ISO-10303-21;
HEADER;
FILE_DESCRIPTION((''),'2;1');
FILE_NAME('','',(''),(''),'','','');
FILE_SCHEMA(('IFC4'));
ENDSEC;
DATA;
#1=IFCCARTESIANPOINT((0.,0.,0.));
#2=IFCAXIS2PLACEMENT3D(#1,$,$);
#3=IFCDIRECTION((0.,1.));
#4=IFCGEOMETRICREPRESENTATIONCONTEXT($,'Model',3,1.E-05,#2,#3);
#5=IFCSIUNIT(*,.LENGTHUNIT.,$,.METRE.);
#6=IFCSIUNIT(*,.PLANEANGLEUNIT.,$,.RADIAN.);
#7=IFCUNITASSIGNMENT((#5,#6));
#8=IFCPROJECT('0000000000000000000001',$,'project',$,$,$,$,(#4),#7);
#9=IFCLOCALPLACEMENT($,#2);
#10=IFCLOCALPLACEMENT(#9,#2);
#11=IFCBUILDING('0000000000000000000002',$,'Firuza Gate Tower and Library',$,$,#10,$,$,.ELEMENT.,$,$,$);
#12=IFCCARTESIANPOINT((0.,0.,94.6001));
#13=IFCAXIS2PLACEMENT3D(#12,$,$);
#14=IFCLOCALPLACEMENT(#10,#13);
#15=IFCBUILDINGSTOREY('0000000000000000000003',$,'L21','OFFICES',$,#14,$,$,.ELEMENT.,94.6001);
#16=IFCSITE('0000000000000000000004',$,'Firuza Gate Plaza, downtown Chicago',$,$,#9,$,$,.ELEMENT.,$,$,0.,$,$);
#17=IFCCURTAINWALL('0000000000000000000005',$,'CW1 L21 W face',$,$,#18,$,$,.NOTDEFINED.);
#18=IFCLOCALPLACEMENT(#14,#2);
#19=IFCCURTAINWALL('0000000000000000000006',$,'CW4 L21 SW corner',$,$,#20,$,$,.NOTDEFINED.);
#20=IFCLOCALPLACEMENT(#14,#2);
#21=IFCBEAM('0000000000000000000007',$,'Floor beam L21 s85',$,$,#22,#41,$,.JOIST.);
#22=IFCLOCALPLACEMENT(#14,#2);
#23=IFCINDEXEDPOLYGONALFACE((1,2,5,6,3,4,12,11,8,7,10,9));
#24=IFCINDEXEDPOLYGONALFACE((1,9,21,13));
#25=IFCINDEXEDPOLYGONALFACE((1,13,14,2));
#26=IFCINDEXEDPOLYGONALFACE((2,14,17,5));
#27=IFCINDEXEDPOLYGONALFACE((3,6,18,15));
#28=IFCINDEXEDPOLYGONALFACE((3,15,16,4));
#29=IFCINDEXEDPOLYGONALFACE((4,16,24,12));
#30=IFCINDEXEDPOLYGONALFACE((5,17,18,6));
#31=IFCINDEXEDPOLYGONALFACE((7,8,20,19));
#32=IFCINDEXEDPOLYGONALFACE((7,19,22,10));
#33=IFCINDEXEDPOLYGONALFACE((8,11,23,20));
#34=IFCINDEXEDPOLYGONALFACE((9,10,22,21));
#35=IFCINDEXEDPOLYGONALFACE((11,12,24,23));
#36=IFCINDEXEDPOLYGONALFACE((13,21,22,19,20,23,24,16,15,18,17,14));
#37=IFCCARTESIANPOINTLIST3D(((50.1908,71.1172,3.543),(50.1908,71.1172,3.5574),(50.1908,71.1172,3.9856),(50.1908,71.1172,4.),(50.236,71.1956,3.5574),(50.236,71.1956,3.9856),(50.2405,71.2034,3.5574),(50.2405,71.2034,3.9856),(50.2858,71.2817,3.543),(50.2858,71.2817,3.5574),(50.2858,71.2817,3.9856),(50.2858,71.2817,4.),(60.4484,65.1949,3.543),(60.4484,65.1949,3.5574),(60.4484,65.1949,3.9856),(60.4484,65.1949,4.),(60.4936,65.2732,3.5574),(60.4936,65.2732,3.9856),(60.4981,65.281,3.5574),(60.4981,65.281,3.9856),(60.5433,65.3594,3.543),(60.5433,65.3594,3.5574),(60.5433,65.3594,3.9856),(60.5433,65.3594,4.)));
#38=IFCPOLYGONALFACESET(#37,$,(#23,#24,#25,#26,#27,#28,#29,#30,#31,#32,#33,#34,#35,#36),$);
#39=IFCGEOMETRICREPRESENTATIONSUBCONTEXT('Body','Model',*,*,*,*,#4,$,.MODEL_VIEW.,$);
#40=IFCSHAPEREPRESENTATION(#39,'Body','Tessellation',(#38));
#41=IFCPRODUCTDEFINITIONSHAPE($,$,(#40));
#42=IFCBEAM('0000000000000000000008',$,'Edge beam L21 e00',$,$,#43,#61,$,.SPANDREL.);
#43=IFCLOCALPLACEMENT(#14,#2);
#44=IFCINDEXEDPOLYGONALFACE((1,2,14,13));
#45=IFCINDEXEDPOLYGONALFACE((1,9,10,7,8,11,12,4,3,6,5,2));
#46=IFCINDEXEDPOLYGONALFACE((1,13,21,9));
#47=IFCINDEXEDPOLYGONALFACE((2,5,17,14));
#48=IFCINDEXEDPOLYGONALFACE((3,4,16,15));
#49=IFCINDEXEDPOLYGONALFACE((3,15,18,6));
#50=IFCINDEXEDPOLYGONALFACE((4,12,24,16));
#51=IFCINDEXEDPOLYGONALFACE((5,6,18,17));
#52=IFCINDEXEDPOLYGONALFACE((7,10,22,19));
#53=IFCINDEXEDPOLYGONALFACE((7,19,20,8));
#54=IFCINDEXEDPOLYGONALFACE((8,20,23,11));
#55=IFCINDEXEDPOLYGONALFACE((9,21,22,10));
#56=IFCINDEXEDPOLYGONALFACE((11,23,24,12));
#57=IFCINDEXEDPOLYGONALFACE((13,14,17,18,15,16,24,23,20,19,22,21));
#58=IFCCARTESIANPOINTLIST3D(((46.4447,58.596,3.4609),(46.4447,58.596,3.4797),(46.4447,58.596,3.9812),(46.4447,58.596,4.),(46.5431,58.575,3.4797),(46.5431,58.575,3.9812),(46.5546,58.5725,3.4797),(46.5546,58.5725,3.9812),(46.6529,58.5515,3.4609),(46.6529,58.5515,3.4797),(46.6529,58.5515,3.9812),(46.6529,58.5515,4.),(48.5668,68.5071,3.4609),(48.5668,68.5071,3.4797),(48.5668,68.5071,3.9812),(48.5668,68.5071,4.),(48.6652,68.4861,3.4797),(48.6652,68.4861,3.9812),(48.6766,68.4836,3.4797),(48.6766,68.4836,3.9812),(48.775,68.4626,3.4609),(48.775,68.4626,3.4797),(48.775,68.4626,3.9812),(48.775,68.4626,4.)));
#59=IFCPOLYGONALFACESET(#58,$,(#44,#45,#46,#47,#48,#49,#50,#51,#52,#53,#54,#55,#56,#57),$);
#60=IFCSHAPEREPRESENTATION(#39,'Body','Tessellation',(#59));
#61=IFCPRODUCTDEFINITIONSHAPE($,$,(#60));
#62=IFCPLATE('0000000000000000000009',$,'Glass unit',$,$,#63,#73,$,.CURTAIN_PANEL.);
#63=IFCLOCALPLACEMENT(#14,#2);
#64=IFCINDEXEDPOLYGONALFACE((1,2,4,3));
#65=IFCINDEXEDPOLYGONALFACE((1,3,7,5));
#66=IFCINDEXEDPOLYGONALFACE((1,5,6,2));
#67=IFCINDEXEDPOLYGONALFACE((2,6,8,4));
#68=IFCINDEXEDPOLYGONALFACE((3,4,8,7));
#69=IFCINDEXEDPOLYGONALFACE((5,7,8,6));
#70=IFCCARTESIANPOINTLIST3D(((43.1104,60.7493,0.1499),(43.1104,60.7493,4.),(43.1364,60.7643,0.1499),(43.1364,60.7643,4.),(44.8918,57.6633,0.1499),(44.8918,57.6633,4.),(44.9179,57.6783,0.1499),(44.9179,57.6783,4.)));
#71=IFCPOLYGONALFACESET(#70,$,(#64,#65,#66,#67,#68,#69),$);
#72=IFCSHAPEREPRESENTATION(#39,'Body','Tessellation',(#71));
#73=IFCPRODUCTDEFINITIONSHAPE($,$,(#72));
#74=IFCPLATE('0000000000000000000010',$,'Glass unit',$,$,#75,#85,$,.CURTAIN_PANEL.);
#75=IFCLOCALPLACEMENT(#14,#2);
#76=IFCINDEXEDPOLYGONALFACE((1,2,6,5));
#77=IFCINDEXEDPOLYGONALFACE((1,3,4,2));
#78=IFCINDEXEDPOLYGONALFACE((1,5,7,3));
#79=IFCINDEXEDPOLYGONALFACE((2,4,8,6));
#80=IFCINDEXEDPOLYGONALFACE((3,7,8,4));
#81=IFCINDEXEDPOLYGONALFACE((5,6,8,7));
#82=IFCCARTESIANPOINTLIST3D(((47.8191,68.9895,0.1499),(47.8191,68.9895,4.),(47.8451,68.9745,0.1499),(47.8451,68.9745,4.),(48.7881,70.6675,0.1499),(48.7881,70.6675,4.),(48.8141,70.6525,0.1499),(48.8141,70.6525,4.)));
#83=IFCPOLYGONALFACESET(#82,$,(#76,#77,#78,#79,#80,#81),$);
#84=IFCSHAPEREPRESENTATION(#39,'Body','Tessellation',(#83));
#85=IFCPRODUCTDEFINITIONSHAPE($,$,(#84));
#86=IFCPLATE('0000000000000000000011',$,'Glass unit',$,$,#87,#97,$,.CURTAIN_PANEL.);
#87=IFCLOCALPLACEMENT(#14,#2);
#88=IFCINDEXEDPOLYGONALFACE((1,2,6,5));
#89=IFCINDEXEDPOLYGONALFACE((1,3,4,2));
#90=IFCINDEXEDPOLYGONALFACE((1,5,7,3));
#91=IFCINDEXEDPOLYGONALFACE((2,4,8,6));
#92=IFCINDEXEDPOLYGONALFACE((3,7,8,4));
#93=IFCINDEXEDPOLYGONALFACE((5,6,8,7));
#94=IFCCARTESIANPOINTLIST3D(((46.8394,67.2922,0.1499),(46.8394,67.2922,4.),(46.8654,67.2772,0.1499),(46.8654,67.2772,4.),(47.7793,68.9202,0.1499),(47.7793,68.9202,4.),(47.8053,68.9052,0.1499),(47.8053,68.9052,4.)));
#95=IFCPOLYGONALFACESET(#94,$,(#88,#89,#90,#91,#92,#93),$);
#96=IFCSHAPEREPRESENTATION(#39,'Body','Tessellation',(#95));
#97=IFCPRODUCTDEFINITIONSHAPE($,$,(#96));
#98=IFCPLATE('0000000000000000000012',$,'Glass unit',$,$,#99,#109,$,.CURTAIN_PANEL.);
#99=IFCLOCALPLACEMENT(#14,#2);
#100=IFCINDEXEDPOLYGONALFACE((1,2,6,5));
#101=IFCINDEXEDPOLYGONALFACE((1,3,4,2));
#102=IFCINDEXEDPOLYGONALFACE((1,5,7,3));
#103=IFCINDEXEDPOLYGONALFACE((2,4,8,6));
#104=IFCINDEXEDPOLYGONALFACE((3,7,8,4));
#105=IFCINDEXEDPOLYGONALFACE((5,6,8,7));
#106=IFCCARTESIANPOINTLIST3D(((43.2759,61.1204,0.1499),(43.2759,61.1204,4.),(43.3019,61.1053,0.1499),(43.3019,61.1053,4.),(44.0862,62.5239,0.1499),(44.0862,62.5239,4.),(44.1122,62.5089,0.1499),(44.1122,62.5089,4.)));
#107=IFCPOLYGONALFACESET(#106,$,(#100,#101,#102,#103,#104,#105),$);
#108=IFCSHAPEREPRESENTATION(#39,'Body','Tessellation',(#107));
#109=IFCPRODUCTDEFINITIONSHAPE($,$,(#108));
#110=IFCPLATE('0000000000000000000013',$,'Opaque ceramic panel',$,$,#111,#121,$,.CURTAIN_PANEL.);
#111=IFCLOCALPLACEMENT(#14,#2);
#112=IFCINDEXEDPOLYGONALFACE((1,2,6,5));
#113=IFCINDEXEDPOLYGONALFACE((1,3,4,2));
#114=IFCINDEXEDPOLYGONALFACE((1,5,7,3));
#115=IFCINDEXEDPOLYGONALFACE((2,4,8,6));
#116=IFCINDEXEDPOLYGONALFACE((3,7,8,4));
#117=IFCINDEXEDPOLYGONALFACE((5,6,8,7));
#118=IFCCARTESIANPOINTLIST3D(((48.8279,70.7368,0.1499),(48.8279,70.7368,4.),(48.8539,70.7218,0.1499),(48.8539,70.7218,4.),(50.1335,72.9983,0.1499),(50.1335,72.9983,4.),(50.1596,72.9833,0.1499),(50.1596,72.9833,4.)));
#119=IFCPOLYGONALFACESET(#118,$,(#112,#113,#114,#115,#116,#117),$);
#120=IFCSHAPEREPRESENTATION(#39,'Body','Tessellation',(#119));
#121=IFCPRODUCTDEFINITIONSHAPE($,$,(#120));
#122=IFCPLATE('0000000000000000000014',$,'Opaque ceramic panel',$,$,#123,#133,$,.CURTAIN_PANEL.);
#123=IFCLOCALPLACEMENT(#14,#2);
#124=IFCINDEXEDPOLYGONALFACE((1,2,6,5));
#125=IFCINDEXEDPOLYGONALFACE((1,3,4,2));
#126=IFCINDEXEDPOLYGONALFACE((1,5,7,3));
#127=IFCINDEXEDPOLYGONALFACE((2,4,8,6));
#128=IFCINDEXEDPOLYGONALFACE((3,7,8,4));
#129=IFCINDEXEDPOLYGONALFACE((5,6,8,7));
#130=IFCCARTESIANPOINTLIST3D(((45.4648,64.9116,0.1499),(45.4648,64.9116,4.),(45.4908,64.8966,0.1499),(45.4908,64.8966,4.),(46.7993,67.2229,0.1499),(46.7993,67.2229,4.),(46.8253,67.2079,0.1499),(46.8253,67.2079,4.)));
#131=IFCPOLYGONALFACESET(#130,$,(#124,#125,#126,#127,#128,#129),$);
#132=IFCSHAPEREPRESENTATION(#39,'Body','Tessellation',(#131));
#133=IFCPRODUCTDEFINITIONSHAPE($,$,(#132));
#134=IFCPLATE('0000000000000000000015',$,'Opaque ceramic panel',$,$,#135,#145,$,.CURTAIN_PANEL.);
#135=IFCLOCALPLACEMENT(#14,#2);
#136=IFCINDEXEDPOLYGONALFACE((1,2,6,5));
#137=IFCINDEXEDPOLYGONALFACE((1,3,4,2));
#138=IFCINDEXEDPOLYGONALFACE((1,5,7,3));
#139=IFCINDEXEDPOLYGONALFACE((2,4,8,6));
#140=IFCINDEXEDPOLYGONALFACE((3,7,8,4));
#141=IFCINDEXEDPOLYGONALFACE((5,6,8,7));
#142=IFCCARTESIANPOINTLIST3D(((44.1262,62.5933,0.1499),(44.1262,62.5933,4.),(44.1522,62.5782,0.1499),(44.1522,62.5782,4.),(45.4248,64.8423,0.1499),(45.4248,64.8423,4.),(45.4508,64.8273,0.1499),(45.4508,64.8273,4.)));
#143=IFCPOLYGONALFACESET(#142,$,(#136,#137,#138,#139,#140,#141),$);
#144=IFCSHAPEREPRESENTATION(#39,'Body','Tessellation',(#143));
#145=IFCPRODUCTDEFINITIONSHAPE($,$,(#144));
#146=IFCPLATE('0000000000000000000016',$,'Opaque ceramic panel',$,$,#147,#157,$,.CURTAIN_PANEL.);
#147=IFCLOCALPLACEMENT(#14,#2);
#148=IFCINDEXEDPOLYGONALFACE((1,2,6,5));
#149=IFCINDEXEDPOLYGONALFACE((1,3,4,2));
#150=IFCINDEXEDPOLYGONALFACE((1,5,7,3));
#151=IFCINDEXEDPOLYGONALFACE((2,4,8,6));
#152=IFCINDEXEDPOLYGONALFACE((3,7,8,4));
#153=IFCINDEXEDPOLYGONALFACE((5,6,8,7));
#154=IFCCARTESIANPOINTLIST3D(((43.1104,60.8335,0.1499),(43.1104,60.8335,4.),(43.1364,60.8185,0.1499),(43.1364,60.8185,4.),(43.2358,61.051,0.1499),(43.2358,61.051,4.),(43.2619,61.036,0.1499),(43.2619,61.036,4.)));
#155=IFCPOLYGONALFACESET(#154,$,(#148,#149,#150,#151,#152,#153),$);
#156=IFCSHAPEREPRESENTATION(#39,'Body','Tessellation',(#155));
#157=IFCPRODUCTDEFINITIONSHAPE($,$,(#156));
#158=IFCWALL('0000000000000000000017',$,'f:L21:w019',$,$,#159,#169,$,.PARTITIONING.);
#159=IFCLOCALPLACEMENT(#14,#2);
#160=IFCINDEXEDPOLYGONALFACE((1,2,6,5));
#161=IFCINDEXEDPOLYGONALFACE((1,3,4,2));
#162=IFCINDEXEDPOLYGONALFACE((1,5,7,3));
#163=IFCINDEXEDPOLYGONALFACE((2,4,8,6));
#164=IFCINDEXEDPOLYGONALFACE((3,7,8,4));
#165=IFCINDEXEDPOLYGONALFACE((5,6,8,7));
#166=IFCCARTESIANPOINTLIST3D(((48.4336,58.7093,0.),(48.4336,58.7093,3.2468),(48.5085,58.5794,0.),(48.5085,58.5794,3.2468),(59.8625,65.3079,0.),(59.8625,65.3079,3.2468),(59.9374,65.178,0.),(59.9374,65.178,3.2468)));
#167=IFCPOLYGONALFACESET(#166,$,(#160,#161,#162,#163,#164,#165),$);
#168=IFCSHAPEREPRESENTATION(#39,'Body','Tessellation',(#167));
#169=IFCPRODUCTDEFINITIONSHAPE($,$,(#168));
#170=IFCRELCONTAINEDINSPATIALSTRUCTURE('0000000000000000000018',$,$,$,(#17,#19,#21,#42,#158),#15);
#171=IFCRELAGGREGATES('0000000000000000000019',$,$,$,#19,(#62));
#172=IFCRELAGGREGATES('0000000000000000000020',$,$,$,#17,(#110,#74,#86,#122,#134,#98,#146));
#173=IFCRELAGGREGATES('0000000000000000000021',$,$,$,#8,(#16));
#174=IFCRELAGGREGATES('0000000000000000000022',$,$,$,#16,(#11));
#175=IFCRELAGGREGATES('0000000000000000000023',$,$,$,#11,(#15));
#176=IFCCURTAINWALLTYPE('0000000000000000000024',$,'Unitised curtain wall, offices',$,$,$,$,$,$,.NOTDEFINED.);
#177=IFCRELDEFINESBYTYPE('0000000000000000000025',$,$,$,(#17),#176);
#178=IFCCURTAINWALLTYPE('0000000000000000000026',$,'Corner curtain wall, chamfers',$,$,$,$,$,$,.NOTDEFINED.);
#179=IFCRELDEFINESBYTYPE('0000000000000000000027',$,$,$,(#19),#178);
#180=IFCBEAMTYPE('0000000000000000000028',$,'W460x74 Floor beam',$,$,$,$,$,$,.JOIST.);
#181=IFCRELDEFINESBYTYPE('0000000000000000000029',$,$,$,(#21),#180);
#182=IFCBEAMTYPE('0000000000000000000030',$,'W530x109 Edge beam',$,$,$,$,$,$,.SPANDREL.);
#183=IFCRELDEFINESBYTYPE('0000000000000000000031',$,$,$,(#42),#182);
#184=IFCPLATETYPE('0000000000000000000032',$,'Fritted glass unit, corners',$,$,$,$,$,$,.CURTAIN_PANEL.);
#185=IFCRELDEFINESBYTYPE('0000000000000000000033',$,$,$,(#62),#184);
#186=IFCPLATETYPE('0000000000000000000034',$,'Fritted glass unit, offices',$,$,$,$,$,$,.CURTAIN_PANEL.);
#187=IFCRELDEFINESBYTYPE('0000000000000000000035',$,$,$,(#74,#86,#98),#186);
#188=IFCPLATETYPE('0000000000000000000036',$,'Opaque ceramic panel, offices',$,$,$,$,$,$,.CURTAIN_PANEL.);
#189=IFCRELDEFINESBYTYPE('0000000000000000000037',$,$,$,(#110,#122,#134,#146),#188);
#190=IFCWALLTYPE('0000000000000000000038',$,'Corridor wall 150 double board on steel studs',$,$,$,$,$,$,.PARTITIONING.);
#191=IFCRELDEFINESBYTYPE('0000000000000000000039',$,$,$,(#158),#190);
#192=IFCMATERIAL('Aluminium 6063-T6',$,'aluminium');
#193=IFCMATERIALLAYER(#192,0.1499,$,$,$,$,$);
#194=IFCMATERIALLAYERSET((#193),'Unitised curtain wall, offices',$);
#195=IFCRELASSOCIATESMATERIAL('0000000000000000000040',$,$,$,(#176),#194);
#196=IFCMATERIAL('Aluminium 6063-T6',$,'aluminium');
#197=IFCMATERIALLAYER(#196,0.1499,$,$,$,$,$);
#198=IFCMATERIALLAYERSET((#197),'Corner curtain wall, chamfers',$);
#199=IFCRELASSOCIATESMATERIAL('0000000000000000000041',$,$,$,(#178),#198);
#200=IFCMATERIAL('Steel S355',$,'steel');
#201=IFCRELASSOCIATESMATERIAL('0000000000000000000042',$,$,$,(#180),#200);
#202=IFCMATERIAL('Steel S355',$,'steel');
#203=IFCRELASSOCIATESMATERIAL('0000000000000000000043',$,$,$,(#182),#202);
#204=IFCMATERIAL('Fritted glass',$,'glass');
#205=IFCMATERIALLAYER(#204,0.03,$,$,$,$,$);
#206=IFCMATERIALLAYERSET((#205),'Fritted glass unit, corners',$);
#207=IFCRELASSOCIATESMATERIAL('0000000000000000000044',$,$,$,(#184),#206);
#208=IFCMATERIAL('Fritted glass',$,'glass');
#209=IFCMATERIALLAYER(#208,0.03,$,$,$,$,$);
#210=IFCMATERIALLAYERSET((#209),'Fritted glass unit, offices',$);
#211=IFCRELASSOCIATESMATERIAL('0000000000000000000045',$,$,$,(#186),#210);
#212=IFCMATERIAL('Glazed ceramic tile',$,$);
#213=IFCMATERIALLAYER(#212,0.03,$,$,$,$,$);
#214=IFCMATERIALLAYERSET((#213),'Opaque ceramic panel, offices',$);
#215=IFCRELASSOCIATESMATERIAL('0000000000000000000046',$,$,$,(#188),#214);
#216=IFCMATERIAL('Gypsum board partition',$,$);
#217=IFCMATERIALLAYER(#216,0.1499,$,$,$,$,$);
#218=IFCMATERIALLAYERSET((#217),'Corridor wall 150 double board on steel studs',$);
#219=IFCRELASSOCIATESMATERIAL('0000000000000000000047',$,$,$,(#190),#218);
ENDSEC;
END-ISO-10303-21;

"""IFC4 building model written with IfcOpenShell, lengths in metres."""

from ifc_helpers import new_model, si_unit, direction, frame, frame_2d, origin, origin_2d, place, context, subcontext, project, spatial, polyline, rectangle, i_section, outline, extrude, material, layer, layer_set, material_profile, profile_set, type_object, element, aggregate, save


model = new_model("IFC4")

# Units and contexts
model_context = context("Model", 3, precision=1e-05, world=origin(), true_north=direction((0.0, 1.0)))
body_context = subcontext(model_context, "Body", "Model", "MODEL_VIEW")
ifc_project = project(units=[si_unit("LENGTHUNIT", "METRE"), si_unit("PLANEANGLEUNIT", "RADIAN")], contexts=[model_context])

# Site, building, storey
site_placement = place(None, origin())
site = spatial("IfcSite", under=ifc_project, at=site_placement, Name="Firuza Gate Plaza, downtown Chicago", CompositionType="ELEMENT", RefElevation=0.0)
building_placement = place(site_placement, origin())
building = spatial("IfcBuilding", under=site, at=building_placement, Name="Firuza Gate Tower and Library", CompositionType="ELEMENT")
storey_placement = place(building_placement, frame((0.0, 0.0, 94.6001)))
storey = spatial("IfcBuildingStorey", under=building, at=storey_placement, Name="L21", Description="OFFICES", CompositionType="ELEMENT", Elevation=94.6001)

# Curtain walls
ifc_material_1 = material(Name="Aluminium 6063-T6", Category="aluminium")
ifc_layer_1 = layer(ifc_material_1, 0.1499)
ifc_layer_set_1 = layer_set([ifc_layer_1], Name="Unitised curtain wall, offices")
curtain_wall_type_1 = type_object("IfcCurtainWallType", Name="Unitised curtain wall, offices", PredefinedType="NOTDEFINED", material=ifc_layer_set_1)
placement = place(storey_placement, origin())
curtain_wall_1 = element("IfcCurtainWall", 1, at=placement, inside=storey, type_object=curtain_wall_type_1, Name="CW1 L21 W face", PredefinedType="NOTDEFINED")
ifc_material_2 = material(Name="Aluminium 6063-T6", Category="aluminium")
ifc_layer_2 = layer(ifc_material_2, 0.1499)
ifc_layer_set_2 = layer_set([ifc_layer_2], Name="Corner curtain wall, chamfers")
curtain_wall_type_2 = type_object("IfcCurtainWallType", Name="Corner curtain wall, chamfers", PredefinedType="NOTDEFINED", material=ifc_layer_set_2)
curtain_wall_2 = element("IfcCurtainWall", 2, at=placement, inside=storey, type_object=curtain_wall_type_2, Name="CW4 L21 SW corner", PredefinedType="NOTDEFINED")

# Beams
ifc_material_3 = material(Name="Steel S355", Category="steel")
ifc_material_profile_1 = material_profile(ifc_material_3, i_section(OverallWidth=0.1899, OverallDepth=0.457, WebThickness=0.009, FlangeThickness=0.0144, at=origin_2d()))
ifc_profile_set_1 = profile_set([ifc_material_profile_1], Name="Steel S355")
beam_type_1 = type_object("IfcBeamType", Name="W460x74 Floor beam", PredefinedType="JOIST", material=ifc_profile_set_1)
beam_1_placement = place(storey_placement, frame((50.2383, 71.1995, 3.7715), z_axis=(0.86602, -0.50001, 0.0), x_axis=(0.50001, 0.86602, 0.0)))
element("IfcBeam", 3, at=beam_1_placement, inside=storey, type_object=beam_type_1, Name="Floor beam L21 s85", PredefinedType="JOIST", context=body_context, shape_type="SweptSolid", body=[
    extrude(i_section(OverallWidth=0.1899, OverallDepth=0.457, WebThickness=0.009, FlangeThickness=0.0144, at=origin_2d()), origin(), (0.0, 0.0, 1.0), 11.8445),
])
ifc_material_4 = material(Name="Steel S355", Category="steel")
ifc_material_profile_2 = material_profile(ifc_material_4, i_section(OverallWidth=0.2129, OverallDepth=0.5391, WebThickness=0.0117, FlangeThickness=0.0188, at=origin_2d()))
ifc_profile_set_2 = profile_set([ifc_material_profile_2], Name="Steel S355")
beam_type_2 = type_object("IfcBeamType", Name="W530x109 Edge beam", PredefinedType="SPANDREL", material=ifc_profile_set_2)
beam_2_placement = place(storey_placement, frame((48.6709, 68.4849, 3.7305), z_axis=(-0.209365, -0.977838, 0.0), x_axis=(0.977838, -0.209365, 0.0)))
element("IfcBeam", 4, at=beam_2_placement, inside=storey, type_object=beam_type_2, Name="Edge beam L21 e00", PredefinedType="SPANDREL", context=body_context, shape_type="SweptSolid", body=[
    extrude(i_section(OverallWidth=0.2129, OverallDepth=0.5391, WebThickness=0.0117, FlangeThickness=0.0188, at=origin_2d()), origin(), (0.0, 0.0, 1.0), 10.1357),
])

# Plates
ifc_material_5 = material(Name="Fritted glass", Category="glass")
ifc_layer_3 = layer(ifc_material_5, 0.03)
ifc_layer_set_3 = layer_set([ifc_layer_3], Name="Fritted glass unit, corners")
plate_type_1 = type_object("IfcPlateType", Name="Fritted glass unit, corners", PredefinedType="CURTAIN_PANEL", material=ifc_layer_set_3)
plate_1_placement = place(storey_placement, frame((43.1104, 60.7493, 0.1499), z_axis=(-0.866046, -0.499964, 0.0), x_axis=(0.499964, -0.866046, 0.0)))
plate_1 = element("IfcPlate", 5, at=plate_1_placement, type_object=plate_type_1, Name="Glass unit", PredefinedType="CURTAIN_PANEL", context=body_context, shape_type="SweptSolid", body=[
    extrude(outline(polyline([(0.0, 0.0), (3.5632, 0.0), (3.5632, 3.8501), (0.0, 3.8501), (0.0, 0.0)])), origin(), (0.0, 0.0, -1.0), 0.03),
])
aggregate(curtain_wall_2, [plate_1])
ifc_material_6 = material(Name="Fritted glass", Category="glass")
ifc_layer_4 = layer(ifc_material_6, 0.03)
ifc_layer_set_4 = layer_set([ifc_layer_4], Name="Fritted glass unit, offices")
plate_type_2 = type_object("IfcPlateType", Name="Fritted glass unit, offices", PredefinedType="CURTAIN_PANEL", material=ifc_layer_set_4)
plate_2_placement = place(storey_placement, frame((48.7881, 70.6675, 0.1499), z_axis=(-0.865978, 0.500082, 0.0), x_axis=(-0.500082, -0.865978, 0.0)))
plate_2 = element("IfcPlate", 6, at=plate_2_placement, type_object=plate_type_2, Name="Glass unit", PredefinedType="CURTAIN_PANEL", context=body_context, shape_type="SweptSolid", body=[
    extrude(outline(polyline([(0.0, 0.0), (1.9377, 0.0), (1.9377, 3.8501), (0.0, 3.8501), (0.0, 0.0)])), origin(), (0.0, 0.0, -1.0), 0.03),
])
plate_3_placement = place(storey_placement, frame((47.7793, 68.9202, 0.1499), z_axis=(-0.866013, 0.500022, 0.0), x_axis=(-0.500022, -0.866013, 0.0)))
plate_3 = element("IfcPlate", 7, at=plate_3_placement, type_object=plate_type_2, Name="Glass unit", PredefinedType="CURTAIN_PANEL", context=body_context, shape_type="SweptSolid", body=[
    extrude(outline(polyline([(0.0, 0.0), (1.8798, 0.0), (1.8798, 3.8501), (0.0, 3.8501), (0.0, 0.0)])), origin(), (0.0, 0.0, -1.0), 0.03),
])
plate_4_placement = place(storey_placement, frame((44.0862, 62.5239, 0.1499), z_axis=(-0.866038, 0.499979, 0.0), x_axis=(-0.499979, -0.866038, 0.0)))
plate_4 = element("IfcPlate", 8, at=plate_4_placement, type_object=plate_type_2, Name="Glass unit", PredefinedType="CURTAIN_PANEL", context=body_context, shape_type="SweptSolid", body=[
    extrude(outline(polyline([(0.0, 0.0), (1.6207, 0.0), (1.6207, 3.8501), (0.0, 3.8501), (0.0, 0.0)])), origin(), (0.0, 0.0, -1.0), 0.03),
])
ifc_material_7 = material(Name="Glazed ceramic tile")
ifc_layer_5 = layer(ifc_material_7, 0.03)
ifc_layer_set_5 = layer_set([ifc_layer_5], Name="Opaque ceramic panel, offices")
plate_type_3 = type_object("IfcPlateType", Name="Opaque ceramic panel, offices", PredefinedType="CURTAIN_PANEL", material=ifc_layer_set_5)
plate_5_placement = place(storey_placement, frame((50.1335, 72.9983, 0.1499), z_axis=(-0.866025, 0.5, 0.0), x_axis=(-0.5, -0.866025, 0.0)))
plate_5 = element("IfcPlate", 9, at=plate_5_placement, type_object=plate_type_3, Name="Opaque ceramic panel", PredefinedType="CURTAIN_PANEL", context=body_context, shape_type="SweptSolid", body=[
    extrude(outline(polyline([(0.0, 0.0), (2.6113, 0.0), (2.6113, 3.8501), (0.0, 3.8501), (0.0, 0.0)])), origin(), (0.0, 0.0, -1.0), 0.03),
])
plate_6_placement = place(storey_placement, frame((46.7993, 67.2229, 0.1499), z_axis=(-0.866016, 0.500015, 0.0), x_axis=(-0.500015, -0.866016, 0.0)))
plate_6 = element("IfcPlate", 10, at=plate_6_placement, type_object=plate_type_3, Name="Opaque ceramic panel", PredefinedType="CURTAIN_PANEL", context=body_context, shape_type="SweptSolid", body=[
    extrude(outline(polyline([(0.0, 0.0), (2.6689, 0.0), (2.6689, 3.8501), (0.0, 3.8501), (0.0, 0.0)])), origin(), (0.0, 0.0, -1.0), 0.03),
])
plate_7_placement = place(storey_placement, frame((45.4248, 64.8423, 0.1499), z_axis=(-0.866007, 0.500032, 0.0), x_axis=(-0.500032, -0.866007, 0.0)))
plate_7 = element("IfcPlate", 11, at=plate_7_placement, type_object=plate_type_3, Name="Opaque ceramic panel", PredefinedType="CURTAIN_PANEL", context=body_context, shape_type="SweptSolid", body=[
    extrude(outline(polyline([(0.0, 0.0), (2.597, 0.0), (2.597, 3.8501), (0.0, 3.8501), (0.0, 0.0)])), origin(), (0.0, 0.0, -1.0), 0.03),
])
plate_8_placement = place(storey_placement, frame((43.2358, 61.051, 0.1499), z_axis=(-0.866202, 0.499694, 0.0), x_axis=(-0.499694, -0.866202, 0.0)))
plate_8 = element("IfcPlate", 12, at=plate_8_placement, type_object=plate_type_3, Name="Opaque ceramic panel", PredefinedType="CURTAIN_PANEL", context=body_context, shape_type="SweptSolid", body=[
    extrude(outline(polyline([(0.0, 0.0), (0.2511, 0.0), (0.2511, 3.8501), (0.0, 3.8501), (0.0, 0.0)])), origin(), (0.0, 0.0, -1.0), 0.03),
])
aggregate(curtain_wall_1, [plate_5, plate_2, plate_3, plate_6, plate_7, plate_4, plate_8])

# Wall
ifc_material_8 = material(Name="Gypsum board partition")
ifc_layer_6 = layer(ifc_material_8, 0.1499)
ifc_layer_set_6 = layer_set([ifc_layer_6], Name="Corridor wall 150 double board on steel studs")
wall_type = type_object("IfcWallType", Name="Corridor wall 150 double board on steel studs", PredefinedType="PARTITIONING", material=ifc_layer_set_6)
wall_1_placement = place(storey_placement, frame((48.4709, 58.6443, 0.0), z_axis=(0.0, 0.0, 1.0), x_axis=(0.866021, 0.500007, 0.0)))
element("IfcWall", 13, at=wall_1_placement, inside=storey, type_object=wall_type, Name="f:L21:w019", PredefinedType="PARTITIONING", context=body_context, shape_type="SweptSolid", body=[
    extrude(rectangle(XDim=13.197, YDim=0.1499, at=frame_2d((6.5986, 0.0))), origin(), (0.0, 0.0, 1.0), 3.2468),
])

save(model, "model.ifc")
